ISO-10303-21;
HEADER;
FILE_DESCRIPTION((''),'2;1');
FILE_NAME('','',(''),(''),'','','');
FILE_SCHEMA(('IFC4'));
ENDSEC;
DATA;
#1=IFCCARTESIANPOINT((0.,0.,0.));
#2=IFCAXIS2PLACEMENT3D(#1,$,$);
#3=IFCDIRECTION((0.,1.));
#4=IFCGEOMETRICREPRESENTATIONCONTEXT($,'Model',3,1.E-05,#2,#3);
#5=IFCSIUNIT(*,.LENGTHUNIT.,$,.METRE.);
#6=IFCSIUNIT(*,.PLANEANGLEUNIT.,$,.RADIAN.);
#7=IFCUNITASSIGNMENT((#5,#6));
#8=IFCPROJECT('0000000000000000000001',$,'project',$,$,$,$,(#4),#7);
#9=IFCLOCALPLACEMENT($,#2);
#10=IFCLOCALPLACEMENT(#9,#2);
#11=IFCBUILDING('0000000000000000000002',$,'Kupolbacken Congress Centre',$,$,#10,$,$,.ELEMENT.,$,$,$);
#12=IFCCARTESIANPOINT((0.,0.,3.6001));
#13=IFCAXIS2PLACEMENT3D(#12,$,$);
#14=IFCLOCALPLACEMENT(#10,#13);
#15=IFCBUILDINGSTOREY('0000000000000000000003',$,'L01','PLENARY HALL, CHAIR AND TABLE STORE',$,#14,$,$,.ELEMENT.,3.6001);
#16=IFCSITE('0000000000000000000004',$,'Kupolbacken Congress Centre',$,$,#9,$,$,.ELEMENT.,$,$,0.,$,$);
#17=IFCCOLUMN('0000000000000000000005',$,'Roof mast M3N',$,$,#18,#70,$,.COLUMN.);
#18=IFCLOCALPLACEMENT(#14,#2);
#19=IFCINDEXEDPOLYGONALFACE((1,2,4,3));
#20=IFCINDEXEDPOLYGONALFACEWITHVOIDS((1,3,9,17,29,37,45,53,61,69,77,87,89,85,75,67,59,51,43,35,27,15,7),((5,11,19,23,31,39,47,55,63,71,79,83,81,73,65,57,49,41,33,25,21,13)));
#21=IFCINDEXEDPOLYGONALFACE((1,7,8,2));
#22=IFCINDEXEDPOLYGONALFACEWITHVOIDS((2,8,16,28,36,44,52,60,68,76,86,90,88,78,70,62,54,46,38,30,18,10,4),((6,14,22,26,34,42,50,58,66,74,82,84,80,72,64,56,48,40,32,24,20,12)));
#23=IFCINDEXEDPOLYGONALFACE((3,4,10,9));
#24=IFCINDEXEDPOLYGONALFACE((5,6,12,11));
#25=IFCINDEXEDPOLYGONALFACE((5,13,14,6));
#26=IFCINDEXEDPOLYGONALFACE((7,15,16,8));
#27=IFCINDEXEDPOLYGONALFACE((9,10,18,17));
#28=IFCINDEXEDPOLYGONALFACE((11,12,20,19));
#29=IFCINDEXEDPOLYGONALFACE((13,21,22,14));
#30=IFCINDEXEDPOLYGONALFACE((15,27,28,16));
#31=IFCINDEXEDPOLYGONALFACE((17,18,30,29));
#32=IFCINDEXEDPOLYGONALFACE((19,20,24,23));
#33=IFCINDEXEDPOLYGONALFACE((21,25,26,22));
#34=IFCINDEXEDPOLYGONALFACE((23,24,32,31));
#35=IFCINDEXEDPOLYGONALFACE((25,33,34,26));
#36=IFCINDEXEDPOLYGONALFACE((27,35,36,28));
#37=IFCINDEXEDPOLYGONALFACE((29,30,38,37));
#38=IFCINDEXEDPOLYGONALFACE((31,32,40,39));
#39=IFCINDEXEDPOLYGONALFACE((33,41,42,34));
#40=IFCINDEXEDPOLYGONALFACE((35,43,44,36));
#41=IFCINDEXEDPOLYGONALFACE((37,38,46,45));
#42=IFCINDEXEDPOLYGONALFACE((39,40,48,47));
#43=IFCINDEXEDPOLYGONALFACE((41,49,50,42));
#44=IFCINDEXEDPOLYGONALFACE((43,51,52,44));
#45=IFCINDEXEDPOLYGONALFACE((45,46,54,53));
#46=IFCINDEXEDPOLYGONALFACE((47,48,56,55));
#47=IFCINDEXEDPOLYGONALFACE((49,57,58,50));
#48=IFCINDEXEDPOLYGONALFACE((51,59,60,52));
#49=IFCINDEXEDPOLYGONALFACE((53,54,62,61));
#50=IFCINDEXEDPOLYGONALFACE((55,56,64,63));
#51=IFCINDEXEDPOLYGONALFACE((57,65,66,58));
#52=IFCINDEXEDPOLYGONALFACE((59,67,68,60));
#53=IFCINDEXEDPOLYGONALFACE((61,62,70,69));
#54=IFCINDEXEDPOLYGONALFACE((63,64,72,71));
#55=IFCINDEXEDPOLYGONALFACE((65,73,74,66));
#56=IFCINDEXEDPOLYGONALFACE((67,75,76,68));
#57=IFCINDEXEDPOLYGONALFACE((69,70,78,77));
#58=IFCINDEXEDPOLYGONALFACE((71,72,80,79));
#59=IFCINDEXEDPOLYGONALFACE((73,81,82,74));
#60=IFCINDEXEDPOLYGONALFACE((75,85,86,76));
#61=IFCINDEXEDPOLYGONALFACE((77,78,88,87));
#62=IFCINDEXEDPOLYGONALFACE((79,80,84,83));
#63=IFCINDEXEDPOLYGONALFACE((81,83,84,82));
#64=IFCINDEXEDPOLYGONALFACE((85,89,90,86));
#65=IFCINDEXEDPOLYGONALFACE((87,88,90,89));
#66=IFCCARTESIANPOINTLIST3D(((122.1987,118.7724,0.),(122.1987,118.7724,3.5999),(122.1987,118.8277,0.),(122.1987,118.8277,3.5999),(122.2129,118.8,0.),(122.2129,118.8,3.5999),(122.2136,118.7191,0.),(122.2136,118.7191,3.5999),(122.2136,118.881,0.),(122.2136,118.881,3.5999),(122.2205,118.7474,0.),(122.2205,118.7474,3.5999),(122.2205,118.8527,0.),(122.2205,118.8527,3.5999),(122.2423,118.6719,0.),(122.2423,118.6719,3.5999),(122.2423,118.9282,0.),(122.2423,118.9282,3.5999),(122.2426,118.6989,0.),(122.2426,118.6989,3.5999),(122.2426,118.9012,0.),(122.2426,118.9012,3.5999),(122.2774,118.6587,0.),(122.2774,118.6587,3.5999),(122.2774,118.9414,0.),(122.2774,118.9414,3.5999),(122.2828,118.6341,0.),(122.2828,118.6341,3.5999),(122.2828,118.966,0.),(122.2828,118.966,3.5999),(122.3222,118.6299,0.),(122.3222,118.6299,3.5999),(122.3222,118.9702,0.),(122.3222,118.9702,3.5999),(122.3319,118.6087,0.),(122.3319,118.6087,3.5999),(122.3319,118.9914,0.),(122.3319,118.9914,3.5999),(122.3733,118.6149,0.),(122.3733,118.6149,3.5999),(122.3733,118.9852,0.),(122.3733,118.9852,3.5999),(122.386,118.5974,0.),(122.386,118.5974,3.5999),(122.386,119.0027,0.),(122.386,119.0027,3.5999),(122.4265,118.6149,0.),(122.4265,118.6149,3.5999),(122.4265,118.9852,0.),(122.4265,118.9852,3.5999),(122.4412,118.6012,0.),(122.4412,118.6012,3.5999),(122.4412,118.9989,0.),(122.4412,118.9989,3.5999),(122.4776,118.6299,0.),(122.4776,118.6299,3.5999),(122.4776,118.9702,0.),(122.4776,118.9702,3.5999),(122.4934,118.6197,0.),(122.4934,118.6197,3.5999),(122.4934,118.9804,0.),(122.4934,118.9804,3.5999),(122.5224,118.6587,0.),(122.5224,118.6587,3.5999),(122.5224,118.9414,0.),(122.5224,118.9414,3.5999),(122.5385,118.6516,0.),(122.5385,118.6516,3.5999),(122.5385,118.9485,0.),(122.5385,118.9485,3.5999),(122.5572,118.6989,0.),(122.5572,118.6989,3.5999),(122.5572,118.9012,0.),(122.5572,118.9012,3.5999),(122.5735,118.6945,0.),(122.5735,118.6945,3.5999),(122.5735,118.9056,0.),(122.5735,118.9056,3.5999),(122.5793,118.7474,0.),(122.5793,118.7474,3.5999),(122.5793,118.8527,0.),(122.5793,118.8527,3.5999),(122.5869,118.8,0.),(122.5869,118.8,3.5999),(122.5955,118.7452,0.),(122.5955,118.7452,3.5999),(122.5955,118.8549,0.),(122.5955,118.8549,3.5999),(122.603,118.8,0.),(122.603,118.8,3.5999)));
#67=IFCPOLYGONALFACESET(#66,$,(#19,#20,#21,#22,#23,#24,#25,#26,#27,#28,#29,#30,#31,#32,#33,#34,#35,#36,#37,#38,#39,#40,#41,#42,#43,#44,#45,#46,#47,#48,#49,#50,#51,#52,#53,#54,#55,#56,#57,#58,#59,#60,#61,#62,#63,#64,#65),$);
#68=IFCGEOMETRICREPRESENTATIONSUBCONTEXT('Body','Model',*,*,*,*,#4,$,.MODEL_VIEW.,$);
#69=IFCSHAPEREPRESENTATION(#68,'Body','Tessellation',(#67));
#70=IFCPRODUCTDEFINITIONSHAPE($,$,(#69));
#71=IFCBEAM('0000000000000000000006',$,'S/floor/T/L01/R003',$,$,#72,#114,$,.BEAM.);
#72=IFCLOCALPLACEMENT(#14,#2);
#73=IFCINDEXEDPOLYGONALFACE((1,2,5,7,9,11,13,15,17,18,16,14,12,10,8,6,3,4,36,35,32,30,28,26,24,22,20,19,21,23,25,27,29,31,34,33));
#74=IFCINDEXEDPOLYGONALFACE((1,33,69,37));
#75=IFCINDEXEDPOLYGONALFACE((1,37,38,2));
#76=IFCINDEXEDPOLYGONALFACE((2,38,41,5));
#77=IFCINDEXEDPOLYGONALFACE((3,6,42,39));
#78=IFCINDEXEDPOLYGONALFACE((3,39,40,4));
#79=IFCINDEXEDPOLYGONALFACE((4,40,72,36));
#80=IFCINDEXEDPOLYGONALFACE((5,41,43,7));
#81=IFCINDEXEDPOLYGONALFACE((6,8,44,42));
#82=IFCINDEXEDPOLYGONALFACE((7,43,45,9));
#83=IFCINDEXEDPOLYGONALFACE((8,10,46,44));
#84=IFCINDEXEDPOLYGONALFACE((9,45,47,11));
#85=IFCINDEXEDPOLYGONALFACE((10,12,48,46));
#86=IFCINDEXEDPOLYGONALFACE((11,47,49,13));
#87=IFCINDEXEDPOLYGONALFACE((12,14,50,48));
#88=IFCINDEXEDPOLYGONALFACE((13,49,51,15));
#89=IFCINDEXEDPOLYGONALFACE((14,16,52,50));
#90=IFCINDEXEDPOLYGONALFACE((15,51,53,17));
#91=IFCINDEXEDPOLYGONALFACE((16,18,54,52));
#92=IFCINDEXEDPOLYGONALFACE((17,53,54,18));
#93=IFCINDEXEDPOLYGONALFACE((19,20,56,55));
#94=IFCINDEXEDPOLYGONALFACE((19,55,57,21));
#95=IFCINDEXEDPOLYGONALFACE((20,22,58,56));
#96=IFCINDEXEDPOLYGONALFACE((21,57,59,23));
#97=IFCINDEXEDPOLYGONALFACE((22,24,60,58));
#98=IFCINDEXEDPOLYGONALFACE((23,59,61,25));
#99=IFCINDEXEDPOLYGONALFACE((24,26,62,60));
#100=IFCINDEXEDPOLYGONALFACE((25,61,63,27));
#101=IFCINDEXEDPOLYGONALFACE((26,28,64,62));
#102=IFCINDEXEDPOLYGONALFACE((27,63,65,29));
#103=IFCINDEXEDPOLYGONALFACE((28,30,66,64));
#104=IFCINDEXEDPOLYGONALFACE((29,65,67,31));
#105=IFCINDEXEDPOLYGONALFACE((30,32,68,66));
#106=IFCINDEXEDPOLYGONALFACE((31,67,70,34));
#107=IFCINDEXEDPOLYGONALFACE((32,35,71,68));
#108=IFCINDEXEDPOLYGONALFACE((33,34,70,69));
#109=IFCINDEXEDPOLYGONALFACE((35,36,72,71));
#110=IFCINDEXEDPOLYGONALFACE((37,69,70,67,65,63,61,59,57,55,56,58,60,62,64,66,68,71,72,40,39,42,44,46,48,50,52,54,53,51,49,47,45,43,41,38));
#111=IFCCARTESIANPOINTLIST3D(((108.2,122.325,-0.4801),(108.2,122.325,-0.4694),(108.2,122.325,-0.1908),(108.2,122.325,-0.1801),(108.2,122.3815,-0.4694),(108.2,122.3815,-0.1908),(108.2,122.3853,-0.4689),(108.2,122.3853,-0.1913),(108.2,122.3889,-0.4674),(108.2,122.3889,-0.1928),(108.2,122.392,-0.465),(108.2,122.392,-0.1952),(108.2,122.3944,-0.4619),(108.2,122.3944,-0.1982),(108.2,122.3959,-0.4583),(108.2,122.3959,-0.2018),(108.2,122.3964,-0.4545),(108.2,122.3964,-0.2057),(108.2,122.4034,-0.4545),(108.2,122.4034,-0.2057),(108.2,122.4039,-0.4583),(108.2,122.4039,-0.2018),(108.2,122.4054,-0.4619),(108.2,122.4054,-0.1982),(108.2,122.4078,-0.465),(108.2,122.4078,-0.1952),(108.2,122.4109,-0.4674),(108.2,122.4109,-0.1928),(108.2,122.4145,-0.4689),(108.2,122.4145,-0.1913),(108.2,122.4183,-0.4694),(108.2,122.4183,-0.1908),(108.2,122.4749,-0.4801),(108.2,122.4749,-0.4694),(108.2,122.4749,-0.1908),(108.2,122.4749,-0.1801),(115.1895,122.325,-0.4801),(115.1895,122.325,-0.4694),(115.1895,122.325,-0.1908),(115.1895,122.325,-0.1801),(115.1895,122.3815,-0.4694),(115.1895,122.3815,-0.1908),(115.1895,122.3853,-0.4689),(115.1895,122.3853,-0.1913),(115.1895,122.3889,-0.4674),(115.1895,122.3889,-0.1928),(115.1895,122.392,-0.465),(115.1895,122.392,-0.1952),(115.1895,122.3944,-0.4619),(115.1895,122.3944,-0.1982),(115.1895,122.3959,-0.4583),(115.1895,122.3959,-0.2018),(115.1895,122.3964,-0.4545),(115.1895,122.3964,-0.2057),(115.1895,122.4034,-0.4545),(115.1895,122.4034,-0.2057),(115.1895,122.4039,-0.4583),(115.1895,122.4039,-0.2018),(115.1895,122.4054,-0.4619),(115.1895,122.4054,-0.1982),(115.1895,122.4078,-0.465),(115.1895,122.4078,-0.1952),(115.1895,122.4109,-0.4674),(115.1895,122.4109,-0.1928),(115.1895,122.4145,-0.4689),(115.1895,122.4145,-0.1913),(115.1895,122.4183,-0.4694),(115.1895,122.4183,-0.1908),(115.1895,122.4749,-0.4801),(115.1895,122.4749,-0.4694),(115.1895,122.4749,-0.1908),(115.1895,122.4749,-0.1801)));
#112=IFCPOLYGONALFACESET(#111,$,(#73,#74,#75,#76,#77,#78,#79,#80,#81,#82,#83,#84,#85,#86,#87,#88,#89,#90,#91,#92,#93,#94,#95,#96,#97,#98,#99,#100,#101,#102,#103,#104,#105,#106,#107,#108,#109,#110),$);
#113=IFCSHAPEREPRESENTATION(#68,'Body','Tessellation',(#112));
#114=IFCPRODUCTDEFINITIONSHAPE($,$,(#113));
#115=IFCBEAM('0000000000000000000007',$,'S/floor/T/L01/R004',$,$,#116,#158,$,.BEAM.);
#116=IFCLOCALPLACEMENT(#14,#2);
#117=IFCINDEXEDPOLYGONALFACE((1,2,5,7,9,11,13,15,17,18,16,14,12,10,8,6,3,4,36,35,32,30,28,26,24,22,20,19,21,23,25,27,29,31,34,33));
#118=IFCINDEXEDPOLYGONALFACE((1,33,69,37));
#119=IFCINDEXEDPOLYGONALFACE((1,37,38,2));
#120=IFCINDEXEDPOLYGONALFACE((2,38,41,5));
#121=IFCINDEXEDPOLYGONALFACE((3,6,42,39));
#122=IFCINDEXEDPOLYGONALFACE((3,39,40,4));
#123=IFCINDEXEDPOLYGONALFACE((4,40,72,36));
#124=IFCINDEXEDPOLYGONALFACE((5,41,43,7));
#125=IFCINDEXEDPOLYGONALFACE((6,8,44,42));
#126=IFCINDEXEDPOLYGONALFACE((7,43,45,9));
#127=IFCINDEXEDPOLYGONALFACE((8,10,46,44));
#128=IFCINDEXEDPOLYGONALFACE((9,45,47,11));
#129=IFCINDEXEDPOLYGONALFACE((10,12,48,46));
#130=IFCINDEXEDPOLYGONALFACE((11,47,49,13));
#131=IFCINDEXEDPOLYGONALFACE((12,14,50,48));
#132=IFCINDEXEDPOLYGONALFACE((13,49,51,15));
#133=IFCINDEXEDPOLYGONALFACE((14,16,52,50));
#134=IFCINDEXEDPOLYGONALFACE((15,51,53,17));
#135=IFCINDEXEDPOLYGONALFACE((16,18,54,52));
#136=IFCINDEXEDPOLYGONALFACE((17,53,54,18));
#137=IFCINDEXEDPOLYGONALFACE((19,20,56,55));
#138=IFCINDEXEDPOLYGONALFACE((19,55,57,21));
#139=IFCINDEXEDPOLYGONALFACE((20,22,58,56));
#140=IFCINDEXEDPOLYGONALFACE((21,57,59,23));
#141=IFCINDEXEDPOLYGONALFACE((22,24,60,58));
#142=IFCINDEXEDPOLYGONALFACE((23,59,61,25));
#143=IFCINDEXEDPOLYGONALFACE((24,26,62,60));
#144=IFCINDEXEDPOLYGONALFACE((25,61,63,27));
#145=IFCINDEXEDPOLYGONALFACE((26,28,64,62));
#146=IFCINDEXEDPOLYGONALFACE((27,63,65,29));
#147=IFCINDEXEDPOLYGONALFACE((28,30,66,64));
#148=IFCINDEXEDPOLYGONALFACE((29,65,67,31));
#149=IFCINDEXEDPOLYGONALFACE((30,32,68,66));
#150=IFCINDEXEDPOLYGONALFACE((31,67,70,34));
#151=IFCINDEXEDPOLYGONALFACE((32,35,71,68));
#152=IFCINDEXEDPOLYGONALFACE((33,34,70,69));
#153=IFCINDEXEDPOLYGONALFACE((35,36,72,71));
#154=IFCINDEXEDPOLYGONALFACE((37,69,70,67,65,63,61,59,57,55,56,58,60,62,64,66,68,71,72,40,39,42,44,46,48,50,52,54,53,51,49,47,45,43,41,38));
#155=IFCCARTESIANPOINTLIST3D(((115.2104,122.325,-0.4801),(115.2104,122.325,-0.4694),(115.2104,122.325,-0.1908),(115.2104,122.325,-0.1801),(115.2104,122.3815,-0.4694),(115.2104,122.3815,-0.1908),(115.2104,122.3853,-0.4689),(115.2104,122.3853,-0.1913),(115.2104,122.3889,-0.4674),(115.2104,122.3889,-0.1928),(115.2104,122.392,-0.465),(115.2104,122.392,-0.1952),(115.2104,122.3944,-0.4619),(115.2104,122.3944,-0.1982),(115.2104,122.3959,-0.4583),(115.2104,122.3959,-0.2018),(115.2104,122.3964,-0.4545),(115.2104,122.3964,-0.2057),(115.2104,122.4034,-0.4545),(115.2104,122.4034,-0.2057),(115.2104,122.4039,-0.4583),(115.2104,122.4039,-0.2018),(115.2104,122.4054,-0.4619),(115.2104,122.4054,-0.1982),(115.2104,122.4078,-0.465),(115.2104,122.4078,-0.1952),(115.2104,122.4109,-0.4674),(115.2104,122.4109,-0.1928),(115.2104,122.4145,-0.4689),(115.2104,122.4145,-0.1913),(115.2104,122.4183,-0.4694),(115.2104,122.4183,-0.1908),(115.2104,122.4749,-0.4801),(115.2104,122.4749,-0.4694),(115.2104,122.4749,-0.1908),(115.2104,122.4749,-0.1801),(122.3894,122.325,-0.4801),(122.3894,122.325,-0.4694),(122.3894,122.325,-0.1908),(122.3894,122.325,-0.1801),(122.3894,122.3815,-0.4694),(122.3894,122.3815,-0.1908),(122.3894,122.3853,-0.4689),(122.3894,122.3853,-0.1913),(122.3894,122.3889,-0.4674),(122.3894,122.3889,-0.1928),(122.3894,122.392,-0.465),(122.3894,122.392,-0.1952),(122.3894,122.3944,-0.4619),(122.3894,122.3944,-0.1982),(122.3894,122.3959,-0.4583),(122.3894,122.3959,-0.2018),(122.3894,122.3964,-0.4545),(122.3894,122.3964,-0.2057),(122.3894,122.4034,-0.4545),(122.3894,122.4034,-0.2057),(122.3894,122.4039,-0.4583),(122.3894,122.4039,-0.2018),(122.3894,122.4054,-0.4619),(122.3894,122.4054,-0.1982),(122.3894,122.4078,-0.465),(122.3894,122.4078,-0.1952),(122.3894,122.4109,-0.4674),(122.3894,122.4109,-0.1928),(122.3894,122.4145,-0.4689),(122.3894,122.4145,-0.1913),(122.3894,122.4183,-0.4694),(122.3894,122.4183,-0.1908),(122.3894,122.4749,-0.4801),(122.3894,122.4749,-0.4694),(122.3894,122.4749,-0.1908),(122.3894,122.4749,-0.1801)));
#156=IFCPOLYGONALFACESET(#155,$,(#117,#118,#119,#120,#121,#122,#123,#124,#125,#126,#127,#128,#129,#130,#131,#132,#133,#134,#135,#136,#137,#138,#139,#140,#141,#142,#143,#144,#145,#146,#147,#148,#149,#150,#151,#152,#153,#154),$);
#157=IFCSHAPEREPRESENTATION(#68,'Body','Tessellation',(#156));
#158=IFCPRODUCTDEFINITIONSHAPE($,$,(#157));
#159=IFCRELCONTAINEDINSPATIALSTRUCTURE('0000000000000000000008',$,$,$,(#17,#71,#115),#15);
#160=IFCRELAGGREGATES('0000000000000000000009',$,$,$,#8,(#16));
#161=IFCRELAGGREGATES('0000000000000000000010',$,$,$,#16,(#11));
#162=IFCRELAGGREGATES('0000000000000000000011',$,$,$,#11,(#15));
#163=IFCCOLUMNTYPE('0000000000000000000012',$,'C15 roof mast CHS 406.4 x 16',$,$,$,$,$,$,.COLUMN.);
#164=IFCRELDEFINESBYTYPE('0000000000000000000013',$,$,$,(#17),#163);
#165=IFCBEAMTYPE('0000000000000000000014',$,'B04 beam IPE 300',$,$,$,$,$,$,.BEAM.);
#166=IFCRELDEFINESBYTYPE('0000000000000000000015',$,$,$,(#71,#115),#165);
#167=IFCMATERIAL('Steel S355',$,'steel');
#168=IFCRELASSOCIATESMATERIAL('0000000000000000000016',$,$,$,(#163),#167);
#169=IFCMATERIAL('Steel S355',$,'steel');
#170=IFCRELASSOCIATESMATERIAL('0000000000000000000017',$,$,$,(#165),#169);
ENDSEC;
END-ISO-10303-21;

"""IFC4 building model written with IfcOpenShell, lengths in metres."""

from ifc_helpers import new_model, si_unit, direction, frame, origin, origin_2d, place, context, subcontext, project, spatial, hollow_circle, i_section, extrude, material, material_profile, profile_set, type_object, element, save


model = new_model("IFC4")

# Units and contexts
model_context = context("Model", 3, precision=1e-05, world=origin(), true_north=direction((0.0, 1.0)))
body_context = subcontext(model_context, "Body", "Model", "MODEL_VIEW")
ifc_project = project(units=[si_unit("LENGTHUNIT", "METRE"), si_unit("PLANEANGLEUNIT", "RADIAN")], contexts=[model_context])

# Site, building, storey
site_placement = place(None, origin())
site = spatial("IfcSite", under=ifc_project, at=site_placement, Name="Kupolbacken Congress Centre", CompositionType="ELEMENT", RefElevation=0.0)
building_placement = place(site_placement, origin())
building = spatial("IfcBuilding", under=site, at=building_placement, Name="Kupolbacken Congress Centre", CompositionType="ELEMENT")
storey_placement = place(building_placement, frame((0.0, 0.0, 3.6001)))
storey = spatial("IfcBuildingStorey", under=building, at=storey_placement, Name="L01", Description="PLENARY HALL, CHAIR AND TABLE STORE", CompositionType="ELEMENT", Elevation=3.6001)

# Column
ifc_material_1 = material(Name="Steel S355", Category="steel")
ifc_material_profile_1 = material_profile(ifc_material_1, hollow_circle(Radius=0.2031, WallThickness=0.0161, at=origin_2d()), Name="CHS 406.4 x 16")
ifc_profile_set_1 = profile_set([ifc_material_profile_1], Name="Steel S355")
column_type_1 = type_object("IfcColumnType", Name="C15 roof mast CHS 406.4 x 16", PredefinedType="COLUMN", material=ifc_profile_set_1)
for number, where, z_axis, x_axis, name in (
    (1, (122.3999, 118.8, 0.0), (0.0, 0.0, 1.0), (1.0, 0.0, 0.0), "Roof mast M3N"),
):
    element("IfcColumn", number, at=place(storey_placement, frame(where, z_axis=z_axis, x_axis=x_axis)), inside=storey, type_object=column_type_1, Name=name, PredefinedType="COLUMN", context=body_context, shape_type="SweptSolid", body=[
        extrude(hollow_circle(Radius=0.2031, WallThickness=0.0161, at=origin_2d()), origin(), (0.0, 0.0, 1.0), 3.5999),
    ])

# Beams
ifc_material_2 = material(Name="Steel S355", Category="steel")
ifc_material_profile_2 = material_profile(ifc_material_2, i_section(OverallWidth=0.1499, OverallDepth=0.3, WebThickness=0.0071, FlangeThickness=0.0107, FilletRadius=0.0149, at=origin_2d()), Name="IPE 300")
ifc_profile_set_2 = profile_set([ifc_material_profile_2], Name="Steel S355")
beam_type_1 = type_object("IfcBeamType", Name="B04 beam IPE 300", PredefinedType="BEAM", material=ifc_profile_set_2)
beam_1_placement = place(storey_placement, frame((108.2, 122.3999, -0.3301), z_axis=(1.0, 0.0, 0.0), x_axis=(0.0, 1.0, 0.0)))
element("IfcBeam", 2, at=beam_1_placement, inside=storey, type_object=beam_type_1, Name="S/floor/T/L01/R003", PredefinedType="BEAM", context=body_context, shape_type="SweptSolid", body=[
    extrude(i_section(OverallWidth=0.1499, OverallDepth=0.3, WebThickness=0.0071, FlangeThickness=0.0107, FilletRadius=0.0149, at=origin_2d()), origin(), (0.0, 0.0, 1.0), 6.9895),
])
beam_2_placement = place(storey_placement, frame((115.2104, 122.3999, -0.3301), z_axis=(1.0, 0.0, 0.0), x_axis=(0.0, 1.0, 0.0)))
element("IfcBeam", 3, at=beam_2_placement, inside=storey, type_object=beam_type_1, Name="S/floor/T/L01/R004", PredefinedType="BEAM", context=body_context, shape_type="SweptSolid", body=[
    extrude(i_section(OverallWidth=0.1499, OverallDepth=0.3, WebThickness=0.0071, FlangeThickness=0.0107, FilletRadius=0.0149, at=origin_2d()), origin(), (0.0, 0.0, 1.0), 7.179),
])

save(model, "model.ifc")
